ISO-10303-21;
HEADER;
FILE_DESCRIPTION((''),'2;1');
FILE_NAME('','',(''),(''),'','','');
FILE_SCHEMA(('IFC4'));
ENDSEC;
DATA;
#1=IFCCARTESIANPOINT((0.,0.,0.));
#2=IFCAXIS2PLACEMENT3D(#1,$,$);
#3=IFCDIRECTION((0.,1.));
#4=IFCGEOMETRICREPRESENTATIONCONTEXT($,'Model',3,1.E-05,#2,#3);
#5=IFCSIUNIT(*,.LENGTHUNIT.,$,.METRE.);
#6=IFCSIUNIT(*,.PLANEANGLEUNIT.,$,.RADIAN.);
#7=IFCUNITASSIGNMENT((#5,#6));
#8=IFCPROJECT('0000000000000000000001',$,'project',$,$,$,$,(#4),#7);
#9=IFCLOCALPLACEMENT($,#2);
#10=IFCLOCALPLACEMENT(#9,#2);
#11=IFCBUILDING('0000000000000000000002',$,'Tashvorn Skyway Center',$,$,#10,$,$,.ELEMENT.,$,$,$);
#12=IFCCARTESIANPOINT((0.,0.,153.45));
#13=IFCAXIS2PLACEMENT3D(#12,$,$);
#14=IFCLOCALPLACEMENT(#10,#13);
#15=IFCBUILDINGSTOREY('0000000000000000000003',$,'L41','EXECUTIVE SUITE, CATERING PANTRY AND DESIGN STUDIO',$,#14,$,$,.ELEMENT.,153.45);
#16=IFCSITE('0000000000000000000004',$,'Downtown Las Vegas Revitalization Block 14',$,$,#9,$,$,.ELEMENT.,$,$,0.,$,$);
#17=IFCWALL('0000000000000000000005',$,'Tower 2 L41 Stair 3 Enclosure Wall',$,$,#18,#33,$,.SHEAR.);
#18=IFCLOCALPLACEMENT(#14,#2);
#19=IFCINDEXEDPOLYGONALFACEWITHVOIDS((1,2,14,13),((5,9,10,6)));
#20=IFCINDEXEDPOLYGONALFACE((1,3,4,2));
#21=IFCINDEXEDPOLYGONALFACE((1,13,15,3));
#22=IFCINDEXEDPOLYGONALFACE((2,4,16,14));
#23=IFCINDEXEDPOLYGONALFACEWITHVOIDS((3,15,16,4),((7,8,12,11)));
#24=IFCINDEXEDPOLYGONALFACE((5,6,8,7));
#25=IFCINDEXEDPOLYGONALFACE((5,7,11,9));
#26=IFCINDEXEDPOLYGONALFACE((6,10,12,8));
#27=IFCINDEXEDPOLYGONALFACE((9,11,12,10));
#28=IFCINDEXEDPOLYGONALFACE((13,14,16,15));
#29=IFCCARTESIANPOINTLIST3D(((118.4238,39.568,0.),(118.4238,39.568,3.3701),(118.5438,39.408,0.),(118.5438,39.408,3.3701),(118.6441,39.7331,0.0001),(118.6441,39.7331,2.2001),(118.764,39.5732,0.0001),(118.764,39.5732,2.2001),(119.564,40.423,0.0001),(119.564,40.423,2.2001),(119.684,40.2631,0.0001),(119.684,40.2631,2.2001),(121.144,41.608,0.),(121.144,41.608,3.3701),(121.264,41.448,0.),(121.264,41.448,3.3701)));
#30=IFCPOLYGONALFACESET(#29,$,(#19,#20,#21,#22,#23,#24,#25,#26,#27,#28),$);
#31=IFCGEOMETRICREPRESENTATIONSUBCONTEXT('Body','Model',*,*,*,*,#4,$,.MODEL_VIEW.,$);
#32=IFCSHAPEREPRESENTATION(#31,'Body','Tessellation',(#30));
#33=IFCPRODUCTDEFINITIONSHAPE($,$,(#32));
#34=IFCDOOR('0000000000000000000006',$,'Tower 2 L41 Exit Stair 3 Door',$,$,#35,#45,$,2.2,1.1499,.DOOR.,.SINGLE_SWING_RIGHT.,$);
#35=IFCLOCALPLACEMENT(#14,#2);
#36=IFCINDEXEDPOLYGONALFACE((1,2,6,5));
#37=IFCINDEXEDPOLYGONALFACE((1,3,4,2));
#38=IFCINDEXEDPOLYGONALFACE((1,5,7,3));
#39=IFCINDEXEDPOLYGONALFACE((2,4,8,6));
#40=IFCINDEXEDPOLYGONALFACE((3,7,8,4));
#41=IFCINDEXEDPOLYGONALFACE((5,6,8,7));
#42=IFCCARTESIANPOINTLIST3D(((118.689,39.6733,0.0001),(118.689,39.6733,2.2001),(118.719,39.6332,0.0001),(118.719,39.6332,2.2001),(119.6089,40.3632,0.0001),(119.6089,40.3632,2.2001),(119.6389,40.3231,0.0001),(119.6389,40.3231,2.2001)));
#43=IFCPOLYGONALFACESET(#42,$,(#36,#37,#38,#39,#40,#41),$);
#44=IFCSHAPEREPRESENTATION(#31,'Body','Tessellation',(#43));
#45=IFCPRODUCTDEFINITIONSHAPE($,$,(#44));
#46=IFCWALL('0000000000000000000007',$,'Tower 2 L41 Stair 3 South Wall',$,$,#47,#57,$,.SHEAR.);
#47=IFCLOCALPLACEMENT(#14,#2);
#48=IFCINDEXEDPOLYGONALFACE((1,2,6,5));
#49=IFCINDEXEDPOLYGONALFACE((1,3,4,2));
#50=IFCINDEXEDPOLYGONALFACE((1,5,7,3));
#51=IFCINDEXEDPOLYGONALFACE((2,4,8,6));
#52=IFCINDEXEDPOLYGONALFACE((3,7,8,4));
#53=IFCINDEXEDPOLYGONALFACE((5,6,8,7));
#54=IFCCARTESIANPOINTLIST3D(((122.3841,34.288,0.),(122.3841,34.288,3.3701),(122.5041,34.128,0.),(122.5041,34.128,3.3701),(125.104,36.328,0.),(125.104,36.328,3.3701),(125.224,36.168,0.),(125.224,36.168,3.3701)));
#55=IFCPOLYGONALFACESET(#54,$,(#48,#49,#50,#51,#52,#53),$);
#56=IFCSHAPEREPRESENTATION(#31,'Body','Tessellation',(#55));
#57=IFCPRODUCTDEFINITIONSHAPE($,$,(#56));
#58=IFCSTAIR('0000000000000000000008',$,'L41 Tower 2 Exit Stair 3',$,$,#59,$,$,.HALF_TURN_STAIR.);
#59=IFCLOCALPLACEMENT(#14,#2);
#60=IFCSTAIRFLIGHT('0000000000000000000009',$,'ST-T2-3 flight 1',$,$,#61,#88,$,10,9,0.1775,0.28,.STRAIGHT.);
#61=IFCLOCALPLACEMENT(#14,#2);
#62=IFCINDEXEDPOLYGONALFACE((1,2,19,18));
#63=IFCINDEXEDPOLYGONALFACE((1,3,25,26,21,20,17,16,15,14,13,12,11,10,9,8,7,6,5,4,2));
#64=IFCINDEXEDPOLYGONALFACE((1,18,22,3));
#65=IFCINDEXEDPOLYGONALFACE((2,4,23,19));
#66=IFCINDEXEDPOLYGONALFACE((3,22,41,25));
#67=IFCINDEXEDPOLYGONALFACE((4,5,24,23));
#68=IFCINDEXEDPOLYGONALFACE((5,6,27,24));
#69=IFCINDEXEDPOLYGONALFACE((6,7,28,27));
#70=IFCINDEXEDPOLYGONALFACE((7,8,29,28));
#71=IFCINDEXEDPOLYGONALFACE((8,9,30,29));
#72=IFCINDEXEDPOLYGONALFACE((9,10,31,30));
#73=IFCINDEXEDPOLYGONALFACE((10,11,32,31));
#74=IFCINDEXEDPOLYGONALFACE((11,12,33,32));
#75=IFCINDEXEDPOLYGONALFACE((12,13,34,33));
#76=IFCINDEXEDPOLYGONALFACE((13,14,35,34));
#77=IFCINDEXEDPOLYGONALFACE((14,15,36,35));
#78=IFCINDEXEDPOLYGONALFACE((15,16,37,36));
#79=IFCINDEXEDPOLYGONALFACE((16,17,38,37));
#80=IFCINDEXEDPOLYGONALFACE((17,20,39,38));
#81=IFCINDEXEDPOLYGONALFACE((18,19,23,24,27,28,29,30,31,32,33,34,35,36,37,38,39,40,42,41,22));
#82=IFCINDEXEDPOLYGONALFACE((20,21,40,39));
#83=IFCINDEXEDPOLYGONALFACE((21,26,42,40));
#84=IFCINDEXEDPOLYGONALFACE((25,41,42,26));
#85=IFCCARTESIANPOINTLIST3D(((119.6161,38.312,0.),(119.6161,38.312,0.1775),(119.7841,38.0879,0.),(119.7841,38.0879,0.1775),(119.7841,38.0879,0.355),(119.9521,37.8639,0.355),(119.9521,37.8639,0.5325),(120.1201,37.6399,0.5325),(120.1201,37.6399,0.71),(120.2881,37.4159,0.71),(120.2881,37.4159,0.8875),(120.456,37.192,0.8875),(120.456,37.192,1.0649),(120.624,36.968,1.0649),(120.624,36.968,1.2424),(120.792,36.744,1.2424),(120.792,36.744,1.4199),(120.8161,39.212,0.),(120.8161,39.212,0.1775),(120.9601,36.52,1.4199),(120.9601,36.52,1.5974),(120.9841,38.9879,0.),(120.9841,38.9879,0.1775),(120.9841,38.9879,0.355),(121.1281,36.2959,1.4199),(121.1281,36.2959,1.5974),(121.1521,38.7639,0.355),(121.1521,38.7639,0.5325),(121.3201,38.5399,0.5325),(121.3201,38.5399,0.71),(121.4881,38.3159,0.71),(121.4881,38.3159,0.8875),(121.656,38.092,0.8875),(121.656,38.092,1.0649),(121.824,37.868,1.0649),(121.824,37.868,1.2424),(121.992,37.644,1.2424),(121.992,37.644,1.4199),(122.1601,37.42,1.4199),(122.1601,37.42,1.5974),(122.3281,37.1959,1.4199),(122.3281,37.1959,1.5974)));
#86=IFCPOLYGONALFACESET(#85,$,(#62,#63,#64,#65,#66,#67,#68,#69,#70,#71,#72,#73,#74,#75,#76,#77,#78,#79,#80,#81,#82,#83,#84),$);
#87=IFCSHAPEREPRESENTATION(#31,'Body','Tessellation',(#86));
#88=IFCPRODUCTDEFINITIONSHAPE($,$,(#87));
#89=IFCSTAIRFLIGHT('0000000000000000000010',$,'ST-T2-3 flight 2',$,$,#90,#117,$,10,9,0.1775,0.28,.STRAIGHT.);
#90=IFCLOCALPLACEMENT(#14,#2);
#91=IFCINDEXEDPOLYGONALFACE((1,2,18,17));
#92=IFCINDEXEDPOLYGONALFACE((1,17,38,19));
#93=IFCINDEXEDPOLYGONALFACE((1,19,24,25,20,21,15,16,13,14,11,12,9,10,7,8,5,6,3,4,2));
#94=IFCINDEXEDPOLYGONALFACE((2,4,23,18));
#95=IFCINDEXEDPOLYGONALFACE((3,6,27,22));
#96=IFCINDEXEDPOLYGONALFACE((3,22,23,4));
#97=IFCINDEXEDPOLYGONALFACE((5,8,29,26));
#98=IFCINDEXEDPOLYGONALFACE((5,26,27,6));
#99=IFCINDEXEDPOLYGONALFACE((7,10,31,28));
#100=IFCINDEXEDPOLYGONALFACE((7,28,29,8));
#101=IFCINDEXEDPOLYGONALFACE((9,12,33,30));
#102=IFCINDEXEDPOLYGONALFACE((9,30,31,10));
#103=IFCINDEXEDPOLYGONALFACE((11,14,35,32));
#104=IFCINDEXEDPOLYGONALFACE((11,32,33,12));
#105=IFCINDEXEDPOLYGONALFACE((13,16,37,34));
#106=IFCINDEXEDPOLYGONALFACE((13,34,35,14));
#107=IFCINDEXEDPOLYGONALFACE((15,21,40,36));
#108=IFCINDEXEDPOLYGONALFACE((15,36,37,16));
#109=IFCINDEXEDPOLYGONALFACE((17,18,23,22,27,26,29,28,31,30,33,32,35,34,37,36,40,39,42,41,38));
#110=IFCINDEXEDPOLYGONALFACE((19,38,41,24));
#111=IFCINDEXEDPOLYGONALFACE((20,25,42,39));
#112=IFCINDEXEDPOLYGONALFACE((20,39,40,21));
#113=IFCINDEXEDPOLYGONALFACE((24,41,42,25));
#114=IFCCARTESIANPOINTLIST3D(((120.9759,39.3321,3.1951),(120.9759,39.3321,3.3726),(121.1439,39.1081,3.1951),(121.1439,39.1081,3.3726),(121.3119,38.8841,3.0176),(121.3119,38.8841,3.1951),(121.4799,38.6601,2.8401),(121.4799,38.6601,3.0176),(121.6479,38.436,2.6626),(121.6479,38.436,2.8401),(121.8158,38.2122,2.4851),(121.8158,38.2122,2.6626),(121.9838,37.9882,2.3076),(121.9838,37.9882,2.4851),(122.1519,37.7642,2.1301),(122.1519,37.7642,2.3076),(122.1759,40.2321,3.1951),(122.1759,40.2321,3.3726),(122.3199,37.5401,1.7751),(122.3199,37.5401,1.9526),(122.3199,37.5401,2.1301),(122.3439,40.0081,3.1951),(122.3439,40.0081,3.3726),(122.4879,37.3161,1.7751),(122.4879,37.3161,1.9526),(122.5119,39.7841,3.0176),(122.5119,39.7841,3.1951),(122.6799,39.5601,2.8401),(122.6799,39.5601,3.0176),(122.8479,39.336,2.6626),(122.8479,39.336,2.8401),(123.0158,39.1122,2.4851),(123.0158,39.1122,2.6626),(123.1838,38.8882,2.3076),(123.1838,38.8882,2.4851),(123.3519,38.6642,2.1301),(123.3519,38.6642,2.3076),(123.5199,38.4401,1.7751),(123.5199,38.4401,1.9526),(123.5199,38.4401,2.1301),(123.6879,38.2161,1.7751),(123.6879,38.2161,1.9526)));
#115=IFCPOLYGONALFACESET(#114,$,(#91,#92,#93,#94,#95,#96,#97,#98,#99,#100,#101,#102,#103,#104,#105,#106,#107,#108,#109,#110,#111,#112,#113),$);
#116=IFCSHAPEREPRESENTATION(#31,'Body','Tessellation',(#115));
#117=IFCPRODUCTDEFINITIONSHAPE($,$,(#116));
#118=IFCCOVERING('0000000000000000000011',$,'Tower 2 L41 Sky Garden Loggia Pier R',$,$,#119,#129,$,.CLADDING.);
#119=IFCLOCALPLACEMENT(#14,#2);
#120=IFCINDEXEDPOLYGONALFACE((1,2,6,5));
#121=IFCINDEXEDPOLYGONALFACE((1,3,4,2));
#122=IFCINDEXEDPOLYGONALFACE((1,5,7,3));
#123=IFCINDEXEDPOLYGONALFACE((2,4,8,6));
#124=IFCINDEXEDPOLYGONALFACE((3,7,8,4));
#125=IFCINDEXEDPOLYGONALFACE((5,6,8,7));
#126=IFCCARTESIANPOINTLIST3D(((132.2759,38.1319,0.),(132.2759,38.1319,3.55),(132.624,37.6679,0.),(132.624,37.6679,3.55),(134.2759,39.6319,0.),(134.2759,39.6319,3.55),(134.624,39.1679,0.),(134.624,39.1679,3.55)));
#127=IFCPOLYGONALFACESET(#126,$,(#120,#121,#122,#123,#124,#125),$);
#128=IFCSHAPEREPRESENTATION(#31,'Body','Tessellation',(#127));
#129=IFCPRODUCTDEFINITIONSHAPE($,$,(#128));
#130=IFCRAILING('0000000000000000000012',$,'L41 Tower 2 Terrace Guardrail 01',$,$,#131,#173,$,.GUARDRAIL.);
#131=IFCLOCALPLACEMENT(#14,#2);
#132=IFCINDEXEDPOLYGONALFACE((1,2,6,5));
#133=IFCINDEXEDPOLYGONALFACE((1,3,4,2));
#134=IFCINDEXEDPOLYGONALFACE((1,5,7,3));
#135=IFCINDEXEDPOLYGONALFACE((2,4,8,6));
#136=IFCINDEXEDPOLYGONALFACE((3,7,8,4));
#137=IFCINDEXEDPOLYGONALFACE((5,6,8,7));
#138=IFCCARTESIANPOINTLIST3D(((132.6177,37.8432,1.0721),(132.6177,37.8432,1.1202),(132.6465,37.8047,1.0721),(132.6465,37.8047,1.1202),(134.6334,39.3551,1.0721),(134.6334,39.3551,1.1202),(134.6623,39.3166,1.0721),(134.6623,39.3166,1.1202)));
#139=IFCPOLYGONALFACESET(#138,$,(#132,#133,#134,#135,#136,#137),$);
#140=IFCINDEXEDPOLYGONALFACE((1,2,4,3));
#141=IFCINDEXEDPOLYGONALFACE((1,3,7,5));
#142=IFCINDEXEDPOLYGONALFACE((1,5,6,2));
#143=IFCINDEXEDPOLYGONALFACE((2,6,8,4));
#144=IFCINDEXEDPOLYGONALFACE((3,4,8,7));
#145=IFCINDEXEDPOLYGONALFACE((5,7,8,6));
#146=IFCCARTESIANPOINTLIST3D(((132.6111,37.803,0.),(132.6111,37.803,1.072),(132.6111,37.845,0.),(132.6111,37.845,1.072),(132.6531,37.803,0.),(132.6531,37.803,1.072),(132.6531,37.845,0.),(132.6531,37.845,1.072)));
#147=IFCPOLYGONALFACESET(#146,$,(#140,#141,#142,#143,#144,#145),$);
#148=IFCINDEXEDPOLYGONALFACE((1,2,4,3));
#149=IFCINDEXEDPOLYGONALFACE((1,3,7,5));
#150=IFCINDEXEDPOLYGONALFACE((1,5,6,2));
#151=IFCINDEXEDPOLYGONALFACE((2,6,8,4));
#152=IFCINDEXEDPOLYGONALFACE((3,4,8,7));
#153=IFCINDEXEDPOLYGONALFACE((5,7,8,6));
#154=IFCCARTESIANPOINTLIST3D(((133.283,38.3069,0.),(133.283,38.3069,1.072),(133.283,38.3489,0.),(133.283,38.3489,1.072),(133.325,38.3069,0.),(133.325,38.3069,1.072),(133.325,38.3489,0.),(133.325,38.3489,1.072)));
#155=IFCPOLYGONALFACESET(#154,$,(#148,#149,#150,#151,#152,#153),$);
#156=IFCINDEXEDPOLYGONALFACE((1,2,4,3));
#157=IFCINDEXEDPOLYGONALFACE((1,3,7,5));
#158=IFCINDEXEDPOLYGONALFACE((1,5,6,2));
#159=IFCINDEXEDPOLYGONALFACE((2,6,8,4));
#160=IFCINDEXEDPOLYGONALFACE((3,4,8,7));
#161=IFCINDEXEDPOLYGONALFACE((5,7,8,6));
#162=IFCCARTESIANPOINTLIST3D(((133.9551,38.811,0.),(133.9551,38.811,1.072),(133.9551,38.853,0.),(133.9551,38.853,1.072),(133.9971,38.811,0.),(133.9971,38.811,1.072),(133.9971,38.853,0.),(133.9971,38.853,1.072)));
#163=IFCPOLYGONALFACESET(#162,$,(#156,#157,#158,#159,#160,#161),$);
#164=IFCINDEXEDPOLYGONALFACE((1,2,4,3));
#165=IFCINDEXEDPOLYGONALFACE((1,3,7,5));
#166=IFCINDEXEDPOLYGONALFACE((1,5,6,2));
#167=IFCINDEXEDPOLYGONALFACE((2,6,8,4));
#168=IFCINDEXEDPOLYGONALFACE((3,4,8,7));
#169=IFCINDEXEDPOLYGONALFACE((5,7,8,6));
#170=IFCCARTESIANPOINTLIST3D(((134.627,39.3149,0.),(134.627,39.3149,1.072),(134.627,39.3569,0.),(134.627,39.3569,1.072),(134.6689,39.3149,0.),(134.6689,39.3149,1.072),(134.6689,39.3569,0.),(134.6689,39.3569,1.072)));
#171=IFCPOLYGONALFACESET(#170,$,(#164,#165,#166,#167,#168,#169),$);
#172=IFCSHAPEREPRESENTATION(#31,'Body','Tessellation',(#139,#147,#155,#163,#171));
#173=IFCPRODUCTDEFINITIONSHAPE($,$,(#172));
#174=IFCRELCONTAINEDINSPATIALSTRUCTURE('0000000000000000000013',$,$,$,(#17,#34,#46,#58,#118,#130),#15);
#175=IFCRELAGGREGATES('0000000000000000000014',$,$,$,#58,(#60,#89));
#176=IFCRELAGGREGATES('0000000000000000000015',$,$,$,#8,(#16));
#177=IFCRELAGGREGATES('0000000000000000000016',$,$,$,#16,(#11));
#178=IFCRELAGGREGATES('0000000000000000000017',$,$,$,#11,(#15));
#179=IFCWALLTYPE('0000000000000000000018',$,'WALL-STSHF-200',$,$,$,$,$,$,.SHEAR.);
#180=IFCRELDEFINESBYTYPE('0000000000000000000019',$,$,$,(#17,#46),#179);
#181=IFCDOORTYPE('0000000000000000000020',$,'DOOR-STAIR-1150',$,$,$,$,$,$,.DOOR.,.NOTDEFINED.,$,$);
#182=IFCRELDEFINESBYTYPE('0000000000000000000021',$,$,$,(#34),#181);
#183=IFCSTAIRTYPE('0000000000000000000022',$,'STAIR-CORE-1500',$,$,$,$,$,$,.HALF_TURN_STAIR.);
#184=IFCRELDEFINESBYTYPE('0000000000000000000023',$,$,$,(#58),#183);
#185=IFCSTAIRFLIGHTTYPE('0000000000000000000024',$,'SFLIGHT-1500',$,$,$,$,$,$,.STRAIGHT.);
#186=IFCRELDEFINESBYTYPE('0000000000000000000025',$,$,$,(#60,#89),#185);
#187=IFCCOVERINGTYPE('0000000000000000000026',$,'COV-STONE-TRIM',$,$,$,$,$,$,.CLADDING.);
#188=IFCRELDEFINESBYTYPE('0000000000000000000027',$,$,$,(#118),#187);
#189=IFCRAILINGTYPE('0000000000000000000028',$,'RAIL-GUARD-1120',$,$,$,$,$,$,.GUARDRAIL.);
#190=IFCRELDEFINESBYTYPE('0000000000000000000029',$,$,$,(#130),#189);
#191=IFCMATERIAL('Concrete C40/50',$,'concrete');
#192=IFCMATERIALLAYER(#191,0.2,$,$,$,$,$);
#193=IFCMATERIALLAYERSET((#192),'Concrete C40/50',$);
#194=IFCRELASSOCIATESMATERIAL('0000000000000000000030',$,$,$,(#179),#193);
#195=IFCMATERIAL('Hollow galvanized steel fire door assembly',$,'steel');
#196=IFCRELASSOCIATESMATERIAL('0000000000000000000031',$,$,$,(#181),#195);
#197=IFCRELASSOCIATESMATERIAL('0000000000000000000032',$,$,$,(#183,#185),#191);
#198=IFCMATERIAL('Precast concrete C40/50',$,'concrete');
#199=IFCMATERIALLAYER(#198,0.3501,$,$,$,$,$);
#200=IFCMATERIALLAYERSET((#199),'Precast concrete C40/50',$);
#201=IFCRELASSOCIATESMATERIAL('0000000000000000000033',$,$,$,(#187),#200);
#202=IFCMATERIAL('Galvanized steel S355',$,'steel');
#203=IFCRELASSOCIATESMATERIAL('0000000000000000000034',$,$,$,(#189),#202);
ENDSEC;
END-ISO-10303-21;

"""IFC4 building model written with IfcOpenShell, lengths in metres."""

from ifc_helpers import new_model, si_unit, direction, frame, frame_2d, origin, origin_2d, place, context, subcontext, project, spatial, polyline, rectangle, outline, extrude, material, layer, layer_set, type_object, element, fill, aggregate, save


model = new_model("IFC4")

# Units and contexts
model_context = context("Model", 3, precision=1e-05, world=origin(), true_north=direction((0.0, 1.0)))
body_context = subcontext(model_context, "Body", "Model", "MODEL_VIEW")
ifc_project = project(units=[si_unit("LENGTHUNIT", "METRE"), si_unit("PLANEANGLEUNIT", "RADIAN")], contexts=[model_context])

# Site, building, storey
site_placement = place(None, origin())
site = spatial("IfcSite", under=ifc_project, at=site_placement, Name="Downtown Las Vegas Revitalization Block 14", CompositionType="ELEMENT", RefElevation=0.0)
building_placement = place(site_placement, origin())
building = spatial("IfcBuilding", under=site, at=building_placement, Name="Tashvorn Skyway Center", CompositionType="ELEMENT")
storey_placement = place(building_placement, frame((0.0, 0.0, 153.45)))
storey = spatial("IfcBuildingStorey", under=building, at=storey_placement, Name="L41", Description="EXECUTIVE SUITE, CATERING PANTRY AND DESIGN STUDIO", CompositionType="ELEMENT", Elevation=153.45)

# Shared definitions
ifc_material_1 = material(Name="Concrete C40/50", Category="concrete")

# Shared definitions
ifc_layer_1 = layer(ifc_material_1, 0.2)
ifc_layer_set_1 = layer_set([ifc_layer_1], Name="Concrete C40/50")
wall_type_1 = type_object("IfcWallType", Name="WALL-STSHF-200", PredefinedType="SHEAR", material=ifc_layer_set_1)
ifc_material_2 = material(Name="Hollow galvanized steel fire door assembly", Category="steel")
door_type = type_object("IfcDoorType", Name="DOOR-STAIR-1150", OperationType="NOTDEFINED", PredefinedType="DOOR", material=ifc_material_2)

# Wall, opening, door
wall_1_placement = place(storey_placement, frame((121.2041, 41.5281, 0.0), z_axis=(0.0, 0.0, 1.0), x_axis=(-0.800017, -0.599977, 0.0)))
wall_1 = element("IfcWall", 1, at=wall_1_placement, inside=storey, type_object=wall_type_1, Name="Tower 2 L41 Stair 3 Enclosure Wall", PredefinedType="SHEAR", context=body_context, shape_type="SweptSolid", body=[
    extrude(rectangle(XDim=3.4001, YDim=0.2, at=frame_2d((1.7002, 0.0))), origin(), (0.0, 0.0, 1.0), 3.3701),
])
opening_1_placement = place(wall_1_placement, frame((1.9751, 0.0, 0.0)))
opening_1 = element("IfcOpeningElement", 2, at=opening_1_placement, cuts=wall_1, PredefinedType="OPENING", context=body_context, shape_type="SweptSolid", body=[
    extrude(rectangle(XDim=1.1499, YDim=2.2, at=frame_2d((0.575, 1.1001))), frame((0.0, 0.1099, 0.0), z_axis=(0.0, -1.0, 0.0), x_axis=(1.0, 0.0, 0.0)), (0.0, 0.0, 1.0), 0.22),
])
door_1_placement = place(opening_1_placement, origin())
door_1 = element("IfcDoor", 3, at=door_1_placement, inside=storey, type_object=door_type, Name="Tower 2 L41 Exit Stair 3 Door", OperationType="SINGLE_SWING_RIGHT", OverallHeight=2.2, OverallWidth=1.1499, PredefinedType="DOOR", context=body_context, shape_type="SweptSolid", body=[
    extrude(rectangle(XDim=1.1499, YDim=2.2, at=frame_2d((0.575, 1.1001))), frame((0.0, 0.0249, 0.0), z_axis=(0.0, -1.0, 0.0), x_axis=(1.0, 0.0, 0.0)), (0.0, 0.0, 1.0), 0.05),
])
fill(opening_1, door_1)

# Wall
wall_2_placement = place(storey_placement, frame((122.4441, 34.208, 0.0), z_axis=(0.0, 0.0, 1.0), x_axis=(0.799991, 0.600011, 0.0)))
element("IfcWall", 4, at=wall_2_placement, inside=storey, type_object=wall_type_1, Name="Tower 2 L41 Stair 3 South Wall", PredefinedType="SHEAR", context=body_context, shape_type="SweptSolid", body=[
    extrude(rectangle(XDim=3.3999, YDim=0.2, at=frame_2d((1.7, 0.0))), origin(), (0.0, 0.0, 1.0), 3.3701),
])

# Stair, stair flights
stair_type = type_object("IfcStairType", Name="STAIR-CORE-1500", PredefinedType="HALF_TURN_STAIR", material=ifc_material_1)
stair_placement = place(storey_placement, origin())
stair = element("IfcStair", 5, at=stair_placement, inside=storey, type_object=stair_type, Name="L41 Tower 2 Exit Stair 3", PredefinedType="HALF_TURN_STAIR")
stair_flight_type = type_object("IfcStairFlightType", Name="SFLIGHT-1500", PredefinedType="STRAIGHT", material=ifc_material_1)
stair_flight_1_placement = place(storey_placement, frame((120.2161, 38.762, 0.0), z_axis=(0.0, 0.0, 1.0), x_axis=(0.6, -0.8, 0.0)))
stair_flight_1 = element("IfcStairFlight", 6, at=stair_flight_1_placement, type_object=stair_flight_type, Name="ST-T2-3 flight 1", NumberOfRisers=10, NumberOfTreads=9, PredefinedType="STRAIGHT", RiserHeight=0.1775, TreadLength=0.28, context=body_context, shape_type="SweptSolid", body=[
    extrude(outline(polyline([(0.0, 0.0), (0.0, 0.1775), (0.28, 0.1775), (0.28, 0.355), (0.5601, 0.355), (0.5601, 0.5325), (0.8401, 0.5325), (0.8401, 0.71), (1.1201, 0.71), (1.1201, 0.8875), (1.3999, 0.8875), (1.3999, 1.0649), (1.6799, 1.0649), (1.6799, 1.2424), (1.96, 1.2424), (1.96, 1.4199), (2.24, 1.4199), (2.24, 1.5974), (2.52, 1.5974), (2.52, 1.7749), (2.52, 1.4199), (0.28, 0.0), (0.0, 0.0)])), frame((0.0, 0.75, 0.0), z_axis=(0.0, -1.0, 0.0), x_axis=(1.0, 0.0, 0.0)), (0.0, 0.0, 1.0), 1.5),
])
stair_flight_2_placement = place(storey_placement, frame((123.0879, 37.7661, 1.7751), z_axis=(0.0, 0.0, 1.0), x_axis=(-0.6, 0.8, 0.0)))
stair_flight_2 = element("IfcStairFlight", 7, at=stair_flight_2_placement, type_object=stair_flight_type, Name="ST-T2-3 flight 2", NumberOfRisers=10, NumberOfTreads=9, PredefinedType="STRAIGHT", RiserHeight=0.1775, TreadLength=0.28, context=body_context, shape_type="SweptSolid", body=[
    extrude(outline(polyline([(0.0, 0.0), (0.0, 0.1775), (0.28, 0.1775), (0.28, 0.355), (0.5601, 0.355), (0.5601, 0.5325), (0.8401, 0.5325), (0.8401, 0.71), (1.1201, 0.71), (1.1201, 0.8875), (1.3999, 0.8875), (1.3999, 1.0649), (1.6799, 1.0649), (1.6799, 1.2424), (1.96, 1.2424), (1.96, 1.4199), (2.24, 1.4199), (2.24, 1.5974), (2.52, 1.5974), (2.52, 1.7749), (2.52, 1.4199), (0.28, 0.0), (0.0, 0.0)])), frame((0.0, 0.75, 0.0), z_axis=(0.0, -1.0, 0.0), x_axis=(1.0, 0.0, 0.0)), (0.0, 0.0, 1.0), 1.5),
])
aggregate(stair, [stair_flight_1, stair_flight_2])

# Covering
ifc_material_3 = material(Name="Precast concrete C40/50", Category="concrete")
ifc_layer_2 = layer(ifc_material_3, 0.3501)
ifc_layer_set_2 = layer_set([ifc_layer_2], Name="Precast concrete C40/50")
covering_type = type_object("IfcCoveringType", Name="COV-STONE-TRIM", PredefinedType="CLADDING", material=ifc_layer_set_2)
covering_placement = place(storey_placement, frame((133.45, 38.6499, 0.0), z_axis=(0.0, 0.0, 1.0), x_axis=(0.6, -0.8, 0.0)))
element("IfcCovering", 8, at=covering_placement, inside=storey, type_object=covering_type, Name="Tower 2 L41 Sky Garden Loggia Pier R", PredefinedType="CLADDING", context=body_context, shape_type="SweptSolid", body=[
    extrude(rectangle(XDim=0.5801, YDim=2.5, at=origin_2d()), origin(), (0.0, 0.0, 1.0), 3.55),
])

# Railing
ifc_material_4 = material(Name="Galvanized steel S355", Category="steel")
railing_type_1 = type_object("IfcRailingType", Name="RAIL-GUARD-1120", PredefinedType="GUARDRAIL", material=ifc_material_4)
railing_1_placement = place(storey_placement, frame((132.6321, 37.824, 0.0)))
element("IfcRailing", 9, at=railing_1_placement, inside=storey, type_object=railing_type_1, Name="L41 Tower 2 Terrace Guardrail 01", PredefinedType="GUARDRAIL", context=body_context, shape_type="SweptSolid", body=[
    extrude(rectangle(XDim=0.0481, YDim=0.0481, at=origin_2d()), frame((0.0, 0.0, 1.0962), z_axis=(0.799988, 0.600016, 0.0), x_axis=(-0.600016, 0.799988, 0.0)), (0.0, 0.0, 1.0), 2.5198),
    extrude(rectangle(XDim=0.042, YDim=0.042, at=origin_2d()), origin(), (0.0, 0.0, 1.0), 1.072),
    extrude(rectangle(XDim=0.042, YDim=0.042, at=origin_2d()), frame((0.6719, 0.5039, 0.0)), (0.0, 0.0, 1.0), 1.072),
    extrude(rectangle(XDim=0.042, YDim=0.042, at=origin_2d()), frame((1.344, 1.0081, 0.0)), (0.0, 0.0, 1.0), 1.072),
    extrude(rectangle(XDim=0.042, YDim=0.042, at=origin_2d()), frame((2.0159, 1.512, 0.0)), (0.0, 0.0, 1.0), 1.072),
])

save(model, "model.ifc")
